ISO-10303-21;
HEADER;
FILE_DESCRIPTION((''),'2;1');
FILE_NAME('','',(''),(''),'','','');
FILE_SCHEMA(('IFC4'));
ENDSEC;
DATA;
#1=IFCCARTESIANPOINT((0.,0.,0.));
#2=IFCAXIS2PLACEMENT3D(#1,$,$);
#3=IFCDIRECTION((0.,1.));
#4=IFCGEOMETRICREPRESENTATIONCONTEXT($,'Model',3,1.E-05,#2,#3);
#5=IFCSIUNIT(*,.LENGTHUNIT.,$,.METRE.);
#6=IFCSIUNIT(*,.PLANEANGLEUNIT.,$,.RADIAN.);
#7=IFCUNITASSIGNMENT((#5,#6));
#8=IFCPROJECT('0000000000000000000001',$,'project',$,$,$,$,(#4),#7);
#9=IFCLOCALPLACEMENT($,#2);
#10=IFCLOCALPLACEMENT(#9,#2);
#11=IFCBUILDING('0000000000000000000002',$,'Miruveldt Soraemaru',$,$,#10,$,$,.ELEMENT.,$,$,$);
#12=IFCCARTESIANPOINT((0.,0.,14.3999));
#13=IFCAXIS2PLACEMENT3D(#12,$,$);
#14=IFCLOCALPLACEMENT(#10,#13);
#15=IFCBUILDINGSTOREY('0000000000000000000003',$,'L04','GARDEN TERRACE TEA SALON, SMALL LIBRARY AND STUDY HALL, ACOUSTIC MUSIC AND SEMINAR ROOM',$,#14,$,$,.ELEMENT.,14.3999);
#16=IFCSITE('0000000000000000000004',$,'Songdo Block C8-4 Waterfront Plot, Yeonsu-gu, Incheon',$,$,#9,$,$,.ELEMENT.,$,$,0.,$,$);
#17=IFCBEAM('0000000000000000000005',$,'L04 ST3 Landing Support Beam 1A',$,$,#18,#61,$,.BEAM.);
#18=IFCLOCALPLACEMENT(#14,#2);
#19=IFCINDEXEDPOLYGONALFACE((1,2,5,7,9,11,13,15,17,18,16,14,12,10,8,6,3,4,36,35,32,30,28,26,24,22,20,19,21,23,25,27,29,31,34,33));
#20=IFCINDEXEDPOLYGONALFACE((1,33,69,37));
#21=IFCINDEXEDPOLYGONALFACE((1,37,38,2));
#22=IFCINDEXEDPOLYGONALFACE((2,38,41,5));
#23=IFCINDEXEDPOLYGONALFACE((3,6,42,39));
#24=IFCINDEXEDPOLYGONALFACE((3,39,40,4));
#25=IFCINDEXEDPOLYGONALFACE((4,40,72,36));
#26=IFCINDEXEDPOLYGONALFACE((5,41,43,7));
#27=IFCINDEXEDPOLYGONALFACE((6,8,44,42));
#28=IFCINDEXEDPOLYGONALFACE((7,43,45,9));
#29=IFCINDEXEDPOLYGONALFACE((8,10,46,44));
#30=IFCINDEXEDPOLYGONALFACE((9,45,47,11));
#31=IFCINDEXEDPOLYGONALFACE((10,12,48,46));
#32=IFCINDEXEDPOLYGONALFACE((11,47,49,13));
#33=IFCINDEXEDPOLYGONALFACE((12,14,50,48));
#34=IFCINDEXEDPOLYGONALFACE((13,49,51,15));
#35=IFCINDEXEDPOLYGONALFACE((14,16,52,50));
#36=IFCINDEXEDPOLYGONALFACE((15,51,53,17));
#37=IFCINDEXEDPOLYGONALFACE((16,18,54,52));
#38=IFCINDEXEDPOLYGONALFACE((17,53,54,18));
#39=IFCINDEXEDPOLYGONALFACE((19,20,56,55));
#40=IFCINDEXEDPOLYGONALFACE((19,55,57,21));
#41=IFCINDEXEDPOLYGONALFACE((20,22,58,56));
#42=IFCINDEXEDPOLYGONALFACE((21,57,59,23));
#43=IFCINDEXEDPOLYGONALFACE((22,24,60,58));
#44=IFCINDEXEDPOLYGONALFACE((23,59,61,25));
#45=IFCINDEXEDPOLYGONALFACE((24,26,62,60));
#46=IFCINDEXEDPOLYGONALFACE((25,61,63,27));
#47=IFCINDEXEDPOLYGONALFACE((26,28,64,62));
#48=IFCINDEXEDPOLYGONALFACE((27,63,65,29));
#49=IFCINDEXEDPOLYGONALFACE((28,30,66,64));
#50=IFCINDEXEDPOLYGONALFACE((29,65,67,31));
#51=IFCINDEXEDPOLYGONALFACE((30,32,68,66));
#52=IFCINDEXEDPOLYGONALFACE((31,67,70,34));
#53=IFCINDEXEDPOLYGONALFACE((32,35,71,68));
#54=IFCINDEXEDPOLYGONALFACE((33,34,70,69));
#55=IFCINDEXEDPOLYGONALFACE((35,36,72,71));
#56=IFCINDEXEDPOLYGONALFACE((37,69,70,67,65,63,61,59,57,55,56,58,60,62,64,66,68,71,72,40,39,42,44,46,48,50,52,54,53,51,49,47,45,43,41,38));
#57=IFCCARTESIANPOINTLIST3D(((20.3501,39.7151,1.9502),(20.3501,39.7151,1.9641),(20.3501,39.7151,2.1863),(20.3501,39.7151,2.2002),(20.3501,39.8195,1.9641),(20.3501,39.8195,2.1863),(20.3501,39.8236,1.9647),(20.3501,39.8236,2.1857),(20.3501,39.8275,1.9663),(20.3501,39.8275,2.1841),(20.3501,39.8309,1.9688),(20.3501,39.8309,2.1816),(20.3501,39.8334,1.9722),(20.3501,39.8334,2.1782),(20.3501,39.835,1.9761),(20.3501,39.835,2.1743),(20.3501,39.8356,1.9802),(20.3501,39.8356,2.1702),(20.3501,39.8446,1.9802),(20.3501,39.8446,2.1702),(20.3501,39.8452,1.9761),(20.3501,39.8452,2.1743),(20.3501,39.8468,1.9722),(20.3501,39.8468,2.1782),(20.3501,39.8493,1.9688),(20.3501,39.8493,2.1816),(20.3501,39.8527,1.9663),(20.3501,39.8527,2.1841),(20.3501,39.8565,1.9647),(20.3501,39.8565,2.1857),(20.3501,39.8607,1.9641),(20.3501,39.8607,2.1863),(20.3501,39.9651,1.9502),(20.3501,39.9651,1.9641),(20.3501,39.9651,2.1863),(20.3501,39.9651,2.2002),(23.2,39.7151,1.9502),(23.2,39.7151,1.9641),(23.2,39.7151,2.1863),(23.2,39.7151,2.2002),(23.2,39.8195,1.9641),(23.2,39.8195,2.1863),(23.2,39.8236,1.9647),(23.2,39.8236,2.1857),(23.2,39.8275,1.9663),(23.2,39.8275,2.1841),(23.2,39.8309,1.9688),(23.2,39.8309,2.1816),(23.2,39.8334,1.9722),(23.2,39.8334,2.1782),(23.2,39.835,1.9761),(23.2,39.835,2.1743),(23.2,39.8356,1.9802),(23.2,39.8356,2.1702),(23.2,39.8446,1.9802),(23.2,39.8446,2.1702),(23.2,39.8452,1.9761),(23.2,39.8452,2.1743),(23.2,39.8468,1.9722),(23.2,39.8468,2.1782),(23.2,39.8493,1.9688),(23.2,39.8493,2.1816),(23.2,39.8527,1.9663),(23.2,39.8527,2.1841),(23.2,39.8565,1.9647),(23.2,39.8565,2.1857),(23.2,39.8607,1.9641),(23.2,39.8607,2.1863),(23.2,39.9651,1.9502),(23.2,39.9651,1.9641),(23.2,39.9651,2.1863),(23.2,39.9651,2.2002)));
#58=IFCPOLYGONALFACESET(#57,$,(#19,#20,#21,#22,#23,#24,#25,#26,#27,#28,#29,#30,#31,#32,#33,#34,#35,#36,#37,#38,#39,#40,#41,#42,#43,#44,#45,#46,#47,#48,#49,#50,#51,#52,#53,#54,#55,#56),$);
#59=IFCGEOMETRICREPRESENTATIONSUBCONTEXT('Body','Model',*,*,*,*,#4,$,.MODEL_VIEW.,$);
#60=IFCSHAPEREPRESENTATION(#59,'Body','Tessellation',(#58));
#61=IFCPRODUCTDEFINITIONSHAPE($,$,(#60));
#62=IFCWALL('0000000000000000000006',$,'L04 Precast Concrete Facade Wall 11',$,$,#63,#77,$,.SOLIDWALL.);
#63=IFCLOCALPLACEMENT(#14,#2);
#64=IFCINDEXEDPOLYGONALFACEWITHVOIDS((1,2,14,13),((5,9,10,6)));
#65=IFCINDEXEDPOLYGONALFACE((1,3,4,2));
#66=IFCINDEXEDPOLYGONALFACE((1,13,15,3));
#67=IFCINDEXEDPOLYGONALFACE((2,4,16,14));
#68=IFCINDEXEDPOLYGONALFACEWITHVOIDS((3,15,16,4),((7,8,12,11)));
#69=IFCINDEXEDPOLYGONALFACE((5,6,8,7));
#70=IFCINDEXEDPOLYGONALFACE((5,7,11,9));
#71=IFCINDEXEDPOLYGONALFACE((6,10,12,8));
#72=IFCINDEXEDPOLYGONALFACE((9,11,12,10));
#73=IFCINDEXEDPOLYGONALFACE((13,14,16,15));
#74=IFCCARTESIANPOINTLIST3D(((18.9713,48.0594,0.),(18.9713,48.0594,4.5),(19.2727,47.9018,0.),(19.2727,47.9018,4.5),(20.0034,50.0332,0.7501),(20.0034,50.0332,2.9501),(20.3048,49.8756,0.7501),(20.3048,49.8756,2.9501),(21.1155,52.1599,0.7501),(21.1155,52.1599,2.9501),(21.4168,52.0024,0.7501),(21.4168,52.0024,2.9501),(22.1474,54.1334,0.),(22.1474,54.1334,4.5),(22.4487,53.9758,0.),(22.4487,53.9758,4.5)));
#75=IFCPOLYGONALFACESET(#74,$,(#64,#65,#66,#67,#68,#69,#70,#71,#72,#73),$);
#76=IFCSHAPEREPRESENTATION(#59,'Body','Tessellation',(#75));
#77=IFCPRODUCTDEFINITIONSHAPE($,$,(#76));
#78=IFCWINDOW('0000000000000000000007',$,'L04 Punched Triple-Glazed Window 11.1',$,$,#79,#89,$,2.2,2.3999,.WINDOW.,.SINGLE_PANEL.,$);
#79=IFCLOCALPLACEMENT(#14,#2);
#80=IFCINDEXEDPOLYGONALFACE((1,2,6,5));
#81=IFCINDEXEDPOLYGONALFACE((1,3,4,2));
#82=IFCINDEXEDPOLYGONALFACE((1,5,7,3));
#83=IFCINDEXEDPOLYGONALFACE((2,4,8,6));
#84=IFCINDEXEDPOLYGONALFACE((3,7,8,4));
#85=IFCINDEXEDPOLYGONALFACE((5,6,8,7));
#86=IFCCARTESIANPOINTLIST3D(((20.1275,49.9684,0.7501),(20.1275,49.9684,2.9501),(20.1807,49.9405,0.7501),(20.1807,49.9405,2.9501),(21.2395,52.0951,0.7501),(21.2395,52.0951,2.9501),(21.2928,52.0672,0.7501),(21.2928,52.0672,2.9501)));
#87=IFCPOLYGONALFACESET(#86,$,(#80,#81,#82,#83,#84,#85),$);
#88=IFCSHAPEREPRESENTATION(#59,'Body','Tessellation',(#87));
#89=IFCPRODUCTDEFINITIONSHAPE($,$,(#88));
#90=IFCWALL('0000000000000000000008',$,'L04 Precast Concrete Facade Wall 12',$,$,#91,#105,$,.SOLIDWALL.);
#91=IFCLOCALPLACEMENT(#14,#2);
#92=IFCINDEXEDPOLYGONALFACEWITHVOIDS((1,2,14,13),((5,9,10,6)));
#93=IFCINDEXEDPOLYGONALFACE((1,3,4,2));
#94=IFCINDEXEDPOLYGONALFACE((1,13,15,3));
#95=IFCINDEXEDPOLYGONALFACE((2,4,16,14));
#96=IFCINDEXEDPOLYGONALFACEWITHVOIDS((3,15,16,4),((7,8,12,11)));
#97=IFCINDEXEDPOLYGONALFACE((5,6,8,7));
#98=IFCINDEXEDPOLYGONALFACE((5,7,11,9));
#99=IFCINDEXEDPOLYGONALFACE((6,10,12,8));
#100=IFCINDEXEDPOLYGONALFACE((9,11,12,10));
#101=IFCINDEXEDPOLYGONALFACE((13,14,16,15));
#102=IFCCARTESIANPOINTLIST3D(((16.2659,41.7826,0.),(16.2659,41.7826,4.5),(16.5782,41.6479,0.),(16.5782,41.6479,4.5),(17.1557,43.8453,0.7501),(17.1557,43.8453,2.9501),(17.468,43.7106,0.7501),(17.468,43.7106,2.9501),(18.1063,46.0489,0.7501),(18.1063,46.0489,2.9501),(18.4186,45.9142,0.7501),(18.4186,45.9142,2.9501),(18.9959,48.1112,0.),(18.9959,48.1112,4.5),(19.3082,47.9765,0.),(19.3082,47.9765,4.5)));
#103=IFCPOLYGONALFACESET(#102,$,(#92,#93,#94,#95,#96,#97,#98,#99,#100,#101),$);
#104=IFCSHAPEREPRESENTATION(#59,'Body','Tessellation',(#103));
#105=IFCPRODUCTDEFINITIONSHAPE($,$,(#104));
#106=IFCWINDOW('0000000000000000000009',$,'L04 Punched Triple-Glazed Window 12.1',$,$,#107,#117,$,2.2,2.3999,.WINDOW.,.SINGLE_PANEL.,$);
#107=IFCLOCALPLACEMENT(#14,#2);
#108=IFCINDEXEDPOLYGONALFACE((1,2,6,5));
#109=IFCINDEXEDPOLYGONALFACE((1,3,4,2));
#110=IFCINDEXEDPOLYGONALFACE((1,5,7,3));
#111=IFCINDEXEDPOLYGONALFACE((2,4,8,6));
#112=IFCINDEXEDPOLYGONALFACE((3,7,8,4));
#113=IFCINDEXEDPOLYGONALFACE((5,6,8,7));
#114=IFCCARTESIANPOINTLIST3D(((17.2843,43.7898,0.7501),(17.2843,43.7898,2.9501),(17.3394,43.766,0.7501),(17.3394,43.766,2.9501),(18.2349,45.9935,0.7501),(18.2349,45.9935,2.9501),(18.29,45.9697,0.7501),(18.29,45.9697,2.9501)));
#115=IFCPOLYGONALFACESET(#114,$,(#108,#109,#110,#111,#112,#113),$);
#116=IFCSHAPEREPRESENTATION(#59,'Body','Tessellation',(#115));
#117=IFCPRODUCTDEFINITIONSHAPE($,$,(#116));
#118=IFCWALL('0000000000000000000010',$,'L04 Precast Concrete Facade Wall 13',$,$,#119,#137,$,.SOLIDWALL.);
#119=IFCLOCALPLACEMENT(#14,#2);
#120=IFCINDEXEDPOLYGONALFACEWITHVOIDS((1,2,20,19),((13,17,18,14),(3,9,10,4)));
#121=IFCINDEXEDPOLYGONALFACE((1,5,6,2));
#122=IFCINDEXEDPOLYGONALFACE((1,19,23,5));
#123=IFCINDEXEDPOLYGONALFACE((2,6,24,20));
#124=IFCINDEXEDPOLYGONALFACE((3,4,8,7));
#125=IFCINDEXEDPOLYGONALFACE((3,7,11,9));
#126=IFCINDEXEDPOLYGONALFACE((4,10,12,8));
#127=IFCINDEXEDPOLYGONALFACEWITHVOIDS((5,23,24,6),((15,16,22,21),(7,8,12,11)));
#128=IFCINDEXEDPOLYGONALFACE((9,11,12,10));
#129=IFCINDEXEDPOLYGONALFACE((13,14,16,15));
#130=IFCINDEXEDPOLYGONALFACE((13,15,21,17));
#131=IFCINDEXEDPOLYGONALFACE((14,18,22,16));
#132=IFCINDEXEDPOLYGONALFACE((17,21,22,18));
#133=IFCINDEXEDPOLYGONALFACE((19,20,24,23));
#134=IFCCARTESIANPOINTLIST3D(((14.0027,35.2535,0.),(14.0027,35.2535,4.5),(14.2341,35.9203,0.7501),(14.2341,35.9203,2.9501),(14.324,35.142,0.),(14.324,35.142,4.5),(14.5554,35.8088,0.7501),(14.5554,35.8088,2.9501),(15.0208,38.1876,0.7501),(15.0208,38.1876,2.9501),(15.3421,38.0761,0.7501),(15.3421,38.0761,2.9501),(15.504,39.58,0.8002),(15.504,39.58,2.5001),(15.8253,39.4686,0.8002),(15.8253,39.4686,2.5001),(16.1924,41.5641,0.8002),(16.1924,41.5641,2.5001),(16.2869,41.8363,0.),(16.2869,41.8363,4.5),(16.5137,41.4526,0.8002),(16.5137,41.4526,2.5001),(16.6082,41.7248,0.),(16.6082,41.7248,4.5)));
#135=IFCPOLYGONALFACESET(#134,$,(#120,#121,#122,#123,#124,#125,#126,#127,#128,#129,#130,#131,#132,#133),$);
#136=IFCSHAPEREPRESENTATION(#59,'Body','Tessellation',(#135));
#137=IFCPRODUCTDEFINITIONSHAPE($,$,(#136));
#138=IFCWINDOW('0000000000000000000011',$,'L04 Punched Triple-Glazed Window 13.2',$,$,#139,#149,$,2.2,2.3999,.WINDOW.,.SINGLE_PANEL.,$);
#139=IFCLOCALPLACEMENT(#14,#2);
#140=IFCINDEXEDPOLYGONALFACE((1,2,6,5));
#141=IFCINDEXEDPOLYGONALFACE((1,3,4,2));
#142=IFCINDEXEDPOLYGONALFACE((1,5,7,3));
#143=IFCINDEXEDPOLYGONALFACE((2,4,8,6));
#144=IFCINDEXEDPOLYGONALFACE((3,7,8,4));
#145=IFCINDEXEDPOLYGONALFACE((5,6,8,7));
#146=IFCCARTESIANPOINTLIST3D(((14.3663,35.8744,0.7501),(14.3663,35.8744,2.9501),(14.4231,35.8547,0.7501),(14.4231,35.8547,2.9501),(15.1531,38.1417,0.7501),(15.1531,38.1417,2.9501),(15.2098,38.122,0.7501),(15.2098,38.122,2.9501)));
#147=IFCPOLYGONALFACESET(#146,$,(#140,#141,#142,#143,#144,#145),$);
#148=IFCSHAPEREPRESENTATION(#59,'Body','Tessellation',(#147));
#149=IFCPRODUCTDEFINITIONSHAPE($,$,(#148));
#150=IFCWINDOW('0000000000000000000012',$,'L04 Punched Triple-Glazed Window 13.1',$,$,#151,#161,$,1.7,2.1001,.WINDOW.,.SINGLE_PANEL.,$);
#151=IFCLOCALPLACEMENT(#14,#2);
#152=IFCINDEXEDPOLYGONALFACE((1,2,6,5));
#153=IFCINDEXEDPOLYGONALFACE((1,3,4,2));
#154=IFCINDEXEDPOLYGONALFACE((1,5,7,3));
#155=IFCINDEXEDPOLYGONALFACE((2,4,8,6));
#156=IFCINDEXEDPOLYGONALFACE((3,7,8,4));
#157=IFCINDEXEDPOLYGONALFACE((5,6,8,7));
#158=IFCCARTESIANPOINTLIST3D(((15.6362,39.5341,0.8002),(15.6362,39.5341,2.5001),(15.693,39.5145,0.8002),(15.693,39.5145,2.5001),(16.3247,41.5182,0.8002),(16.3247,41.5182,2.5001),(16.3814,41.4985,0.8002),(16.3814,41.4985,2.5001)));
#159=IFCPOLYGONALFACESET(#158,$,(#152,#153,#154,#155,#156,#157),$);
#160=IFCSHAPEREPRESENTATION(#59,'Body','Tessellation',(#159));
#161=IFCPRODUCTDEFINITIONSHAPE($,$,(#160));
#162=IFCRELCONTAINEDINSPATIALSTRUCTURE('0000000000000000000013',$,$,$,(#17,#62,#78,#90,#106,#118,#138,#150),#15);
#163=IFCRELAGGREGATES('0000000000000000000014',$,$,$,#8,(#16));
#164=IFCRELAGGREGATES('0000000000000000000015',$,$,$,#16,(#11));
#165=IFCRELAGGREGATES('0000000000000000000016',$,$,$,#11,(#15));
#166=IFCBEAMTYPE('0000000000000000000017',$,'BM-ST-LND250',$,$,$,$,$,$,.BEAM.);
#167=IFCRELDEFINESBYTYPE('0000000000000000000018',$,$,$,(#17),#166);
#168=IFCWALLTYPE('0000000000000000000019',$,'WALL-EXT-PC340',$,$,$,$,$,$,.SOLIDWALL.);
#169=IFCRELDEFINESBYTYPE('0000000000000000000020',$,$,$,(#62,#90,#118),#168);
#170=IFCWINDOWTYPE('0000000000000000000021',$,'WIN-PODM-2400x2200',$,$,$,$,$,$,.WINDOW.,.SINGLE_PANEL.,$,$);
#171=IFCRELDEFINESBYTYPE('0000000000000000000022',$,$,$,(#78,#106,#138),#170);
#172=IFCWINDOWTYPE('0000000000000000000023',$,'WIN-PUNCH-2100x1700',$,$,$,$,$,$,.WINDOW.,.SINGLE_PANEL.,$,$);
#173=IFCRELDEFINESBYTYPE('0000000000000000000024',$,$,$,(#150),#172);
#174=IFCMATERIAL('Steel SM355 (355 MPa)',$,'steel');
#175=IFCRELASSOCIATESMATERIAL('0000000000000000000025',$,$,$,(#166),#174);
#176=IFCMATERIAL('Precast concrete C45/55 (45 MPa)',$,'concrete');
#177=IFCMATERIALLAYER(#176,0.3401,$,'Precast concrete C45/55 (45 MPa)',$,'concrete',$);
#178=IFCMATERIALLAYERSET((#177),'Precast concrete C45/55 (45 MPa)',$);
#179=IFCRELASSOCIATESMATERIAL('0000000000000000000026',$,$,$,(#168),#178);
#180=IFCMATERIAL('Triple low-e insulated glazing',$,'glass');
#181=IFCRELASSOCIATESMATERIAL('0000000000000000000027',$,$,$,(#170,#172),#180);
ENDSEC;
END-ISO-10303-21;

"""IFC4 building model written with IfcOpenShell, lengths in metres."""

from ifc_helpers import new_model, si_unit, direction, frame, frame_2d, origin, origin_2d, place, context, subcontext, project, spatial, rectangle, i_section, extrude, material, layer, layer_set, material_profile, profile_set, type_object, element, fill, save


model = new_model("IFC4")

# Units and contexts
model_context = context("Model", 3, precision=1e-05, world=origin(), true_north=direction((0.0, 1.0)))
body_context = subcontext(model_context, "Body", "Model", "MODEL_VIEW")
ifc_project = project(units=[si_unit("LENGTHUNIT", "METRE"), si_unit("PLANEANGLEUNIT", "RADIAN")], contexts=[model_context])

# Site, building, storey
site_placement = place(None, origin())
site = spatial("IfcSite", under=ifc_project, at=site_placement, Name="Songdo Block C8-4 Waterfront Plot, Yeonsu-gu, Incheon", CompositionType="ELEMENT", RefElevation=0.0)
building_placement = place(site_placement, origin())
building = spatial("IfcBuilding", under=site, at=building_placement, Name="Miruveldt Soraemaru", CompositionType="ELEMENT")
storey_placement = place(building_placement, frame((0.0, 0.0, 14.3999)))
storey = spatial("IfcBuildingStorey", under=building, at=storey_placement, Name="L04", Description="GARDEN TERRACE TEA SALON, SMALL LIBRARY AND STUDY HALL, ACOUSTIC MUSIC AND SEMINAR ROOM", CompositionType="ELEMENT", Elevation=14.3999)

# Shared definitions
ifc_material_1 = material(Name="Steel SM355 (355 MPa)", Category="steel")

# Beam
ifc_material_profile_1 = material_profile(ifc_material_1, i_section(OverallWidth=0.25, OverallDepth=0.25, WebThickness=0.009, FlangeThickness=0.0139, FilletRadius=0.0161, at=origin_2d()), Name="Steel SM355 (355 MPa)", Category="steel")
ifc_profile_set_1 = profile_set([ifc_material_profile_1], Name="Steel SM355 (355 MPa)")
beam_type_1 = type_object("IfcBeamType", Name="BM-ST-LND250", PredefinedType="BEAM", material=ifc_profile_set_1)
beam_1_placement = place(storey_placement, frame((20.3501, 39.8401, 2.0752), z_axis=(1.0, 0.0, 0.0), x_axis=(0.0, 1.0, 0.0)))
element("IfcBeam", 1, at=beam_1_placement, inside=storey, type_object=beam_type_1, Name="L04 ST3 Landing Support Beam 1A", PredefinedType="BEAM", context=body_context, shape_type="SweptSolid", body=[
    extrude(i_section(OverallWidth=0.25, OverallDepth=0.25, WebThickness=0.009, FlangeThickness=0.0139, FilletRadius=0.0161, at=origin_2d()), origin(), (0.0, 0.0, 1.0), 2.8499),
])

# Walls, openings, windows
ifc_material_2 = material(Name="Precast concrete C45/55 (45 MPa)", Category="concrete")
ifc_layer_1 = layer(ifc_material_2, 0.3401, Name="Precast concrete C45/55 (45 MPa)", Category="concrete")
ifc_layer_set_1 = layer_set([ifc_layer_1], Name="Precast concrete C45/55 (45 MPa)")
wall_type_1 = type_object("IfcWallType", Name="WALL-EXT-PC340", PredefinedType="SOLIDWALL", material=ifc_layer_set_1)
wall_1_placement = place(storey_placement, frame((22.2981, 54.0547, 0.0), z_axis=(0.0, 0.0, 1.0), x_axis=(-0.463368, -0.886166, 0.0)))
wall_1 = element("IfcWall", 2, at=wall_1_placement, inside=storey, type_object=wall_type_1, Name="L04 Precast Concrete Facade Wall 11", PredefinedType="SOLIDWALL", context=body_context, shape_type="SweptSolid", body=[
    extrude(rectangle(XDim=6.8542, YDim=0.3401, at=frame_2d((3.4272, 0.0))), origin(), (0.0, 0.0, 1.0), 4.5),
])
opening_1_placement = place(wall_1_placement, frame((2.2271, 0.0, 0.75)))
opening_1 = element("IfcOpeningElement", 3, at=opening_1_placement, cuts=wall_1, PredefinedType="OPENING", context=body_context, shape_type="SweptSolid", body=[
    extrude(rectangle(XDim=2.3999, YDim=2.2, at=frame_2d((1.2, 1.1001))), frame((0.0, 0.1802, 0.0), z_axis=(0.0, -1.0, 0.0), x_axis=(1.0, 0.0, 0.0)), (0.0, 0.0, 1.0), 0.3601),
])
ifc_material_3 = material(Name="Triple low-e insulated glazing", Category="glass")
window_type_1 = type_object("IfcWindowType", Name="WIN-PODM-2400x2200", PartitioningType="SINGLE_PANEL", PredefinedType="WINDOW", material=ifc_material_3)
window_1_placement = place(opening_1_placement, origin())
window_1 = element("IfcWindow", 4, at=window_1_placement, inside=storey, type_object=window_type_1, Name="L04 Punched Triple-Glazed Window 11.1", OverallHeight=2.2, OverallWidth=2.3999, PartitioningType="SINGLE_PANEL", PredefinedType="WINDOW", context=body_context, shape_type="SweptSolid", body=[
    extrude(rectangle(XDim=2.3999, YDim=2.2, at=frame_2d((1.2, 1.1001))), frame((0.0, 0.03, 0.0), z_axis=(0.0, -1.0, 0.0), x_axis=(1.0, 0.0, 0.0)), (0.0, 0.0, 1.0), 0.0601),
])
fill(opening_1, window_1)
wall_2_placement = place(storey_placement, frame((19.1521, 48.0439, 0.0), z_axis=(0.0, 0.0, 1.0), x_axis=(-0.39609, -0.918212, 0.0)))
wall_2 = element("IfcWall", 5, at=wall_2_placement, inside=storey, type_object=wall_type_1, Name="L04 Precast Concrete Facade Wall 12", PredefinedType="SOLIDWALL", context=body_context, shape_type="SweptSolid", body=[
    extrude(rectangle(XDim=6.8923, YDim=0.3401, at=frame_2d((3.4463, 0.0))), origin(), (0.0, 0.0, 1.0), 4.5),
])
opening_2_placement = place(wall_2_placement, frame((2.2461, 0.0, 0.75)))
opening_2 = element("IfcOpeningElement", 6, at=opening_2_placement, cuts=wall_2, PredefinedType="OPENING", context=body_context, shape_type="SweptSolid", body=[
    extrude(rectangle(XDim=2.3999, YDim=2.2, at=frame_2d((1.2, 1.1001))), frame((0.0, 0.1802, 0.0), z_axis=(0.0, -1.0, 0.0), x_axis=(1.0, 0.0, 0.0)), (0.0, 0.0, 1.0), 0.3601),
])
window_2_placement = place(opening_2_placement, origin())
window_2 = element("IfcWindow", 7, at=window_2_placement, inside=storey, type_object=window_type_1, Name="L04 Punched Triple-Glazed Window 12.1", OverallHeight=2.2, OverallWidth=2.3999, PartitioningType="SINGLE_PANEL", PredefinedType="WINDOW", context=body_context, shape_type="SweptSolid", body=[
    extrude(rectangle(XDim=2.3999, YDim=2.2, at=frame_2d((1.2, 1.1001))), frame((0.0, 0.03, 0.0), z_axis=(0.0, -1.0, 0.0), x_axis=(1.0, 0.0, 0.0)), (0.0, 0.0, 1.0), 0.0601),
])
fill(opening_2, window_2)

# Wall, openings, windows
wall_3_placement = place(storey_placement, frame((16.4475, 41.7805, 0.0), z_axis=(0.0, 0.0, 1.0), x_axis=(-0.327819, -0.94474, 0.0)))
wall_3 = element("IfcWall", 8, at=wall_3_placement, inside=storey, type_object=wall_type_1, Name="L04 Precast Concrete Facade Wall 13", PredefinedType="SOLIDWALL", context=body_context, shape_type="SweptSolid", body=[
    extrude(rectangle(XDim=6.9678, YDim=0.3401, at=frame_2d((3.4839, 0.0))), origin(), (0.0, 0.0, 1.0), 4.5),
])
opening_3_placement = place(wall_3_placement, frame((0.2881, 0.0, 0.8)))
opening_3 = element("IfcOpeningElement", 9, at=opening_3_placement, cuts=wall_3, PredefinedType="OPENING", context=body_context, shape_type="SweptSolid", body=[
    extrude(rectangle(XDim=2.1001, YDim=1.7, at=frame_2d((1.05, 0.8501))), frame((0.0, 0.1802, 0.0), z_axis=(0.0, -1.0, 0.0), x_axis=(1.0, 0.0, 0.0)), (0.0, 0.0, 1.0), 0.3601),
])
opening_4_placement = place(wall_3_placement, frame((3.8621, 0.0, 0.75)))
opening_4 = element("IfcOpeningElement", 10, at=opening_4_placement, cuts=wall_3, PredefinedType="OPENING", context=body_context, shape_type="SweptSolid", body=[
    extrude(rectangle(XDim=2.3999, YDim=2.2, at=frame_2d((1.2, 1.1001))), frame((0.0, 0.1802, 0.0), z_axis=(0.0, -1.0, 0.0), x_axis=(1.0, 0.0, 0.0)), (0.0, 0.0, 1.0), 0.3601),
])
window_3_placement = place(opening_4_placement, origin())
window_3 = element("IfcWindow", 11, at=window_3_placement, inside=storey, type_object=window_type_1, Name="L04 Punched Triple-Glazed Window 13.2", OverallHeight=2.2, OverallWidth=2.3999, PartitioningType="SINGLE_PANEL", PredefinedType="WINDOW", context=body_context, shape_type="SweptSolid", body=[
    extrude(rectangle(XDim=2.3999, YDim=2.2, at=frame_2d((1.2, 1.1001))), frame((0.0, 0.03, 0.0), z_axis=(0.0, -1.0, 0.0), x_axis=(1.0, 0.0, 0.0)), (0.0, 0.0, 1.0), 0.0601),
])
fill(opening_4, window_3)
window_type_2 = type_object("IfcWindowType", Name="WIN-PUNCH-2100x1700", PartitioningType="SINGLE_PANEL", PredefinedType="WINDOW", material=ifc_material_3)
window_4_placement = place(opening_3_placement, origin())
window_4 = element("IfcWindow", 12, at=window_4_placement, inside=storey, type_object=window_type_2, Name="L04 Punched Triple-Glazed Window 13.1", OverallHeight=1.7, OverallWidth=2.1001, PartitioningType="SINGLE_PANEL", PredefinedType="WINDOW", context=body_context, shape_type="SweptSolid", body=[
    extrude(rectangle(XDim=2.1001, YDim=1.7, at=frame_2d((1.05, 0.8501))), frame((0.0, 0.03, 0.0), z_axis=(0.0, -1.0, 0.0), x_axis=(1.0, 0.0, 0.0)), (0.0, 0.0, 1.0), 0.0601),
])
fill(opening_3, window_4)

save(model, "model.ifc")
